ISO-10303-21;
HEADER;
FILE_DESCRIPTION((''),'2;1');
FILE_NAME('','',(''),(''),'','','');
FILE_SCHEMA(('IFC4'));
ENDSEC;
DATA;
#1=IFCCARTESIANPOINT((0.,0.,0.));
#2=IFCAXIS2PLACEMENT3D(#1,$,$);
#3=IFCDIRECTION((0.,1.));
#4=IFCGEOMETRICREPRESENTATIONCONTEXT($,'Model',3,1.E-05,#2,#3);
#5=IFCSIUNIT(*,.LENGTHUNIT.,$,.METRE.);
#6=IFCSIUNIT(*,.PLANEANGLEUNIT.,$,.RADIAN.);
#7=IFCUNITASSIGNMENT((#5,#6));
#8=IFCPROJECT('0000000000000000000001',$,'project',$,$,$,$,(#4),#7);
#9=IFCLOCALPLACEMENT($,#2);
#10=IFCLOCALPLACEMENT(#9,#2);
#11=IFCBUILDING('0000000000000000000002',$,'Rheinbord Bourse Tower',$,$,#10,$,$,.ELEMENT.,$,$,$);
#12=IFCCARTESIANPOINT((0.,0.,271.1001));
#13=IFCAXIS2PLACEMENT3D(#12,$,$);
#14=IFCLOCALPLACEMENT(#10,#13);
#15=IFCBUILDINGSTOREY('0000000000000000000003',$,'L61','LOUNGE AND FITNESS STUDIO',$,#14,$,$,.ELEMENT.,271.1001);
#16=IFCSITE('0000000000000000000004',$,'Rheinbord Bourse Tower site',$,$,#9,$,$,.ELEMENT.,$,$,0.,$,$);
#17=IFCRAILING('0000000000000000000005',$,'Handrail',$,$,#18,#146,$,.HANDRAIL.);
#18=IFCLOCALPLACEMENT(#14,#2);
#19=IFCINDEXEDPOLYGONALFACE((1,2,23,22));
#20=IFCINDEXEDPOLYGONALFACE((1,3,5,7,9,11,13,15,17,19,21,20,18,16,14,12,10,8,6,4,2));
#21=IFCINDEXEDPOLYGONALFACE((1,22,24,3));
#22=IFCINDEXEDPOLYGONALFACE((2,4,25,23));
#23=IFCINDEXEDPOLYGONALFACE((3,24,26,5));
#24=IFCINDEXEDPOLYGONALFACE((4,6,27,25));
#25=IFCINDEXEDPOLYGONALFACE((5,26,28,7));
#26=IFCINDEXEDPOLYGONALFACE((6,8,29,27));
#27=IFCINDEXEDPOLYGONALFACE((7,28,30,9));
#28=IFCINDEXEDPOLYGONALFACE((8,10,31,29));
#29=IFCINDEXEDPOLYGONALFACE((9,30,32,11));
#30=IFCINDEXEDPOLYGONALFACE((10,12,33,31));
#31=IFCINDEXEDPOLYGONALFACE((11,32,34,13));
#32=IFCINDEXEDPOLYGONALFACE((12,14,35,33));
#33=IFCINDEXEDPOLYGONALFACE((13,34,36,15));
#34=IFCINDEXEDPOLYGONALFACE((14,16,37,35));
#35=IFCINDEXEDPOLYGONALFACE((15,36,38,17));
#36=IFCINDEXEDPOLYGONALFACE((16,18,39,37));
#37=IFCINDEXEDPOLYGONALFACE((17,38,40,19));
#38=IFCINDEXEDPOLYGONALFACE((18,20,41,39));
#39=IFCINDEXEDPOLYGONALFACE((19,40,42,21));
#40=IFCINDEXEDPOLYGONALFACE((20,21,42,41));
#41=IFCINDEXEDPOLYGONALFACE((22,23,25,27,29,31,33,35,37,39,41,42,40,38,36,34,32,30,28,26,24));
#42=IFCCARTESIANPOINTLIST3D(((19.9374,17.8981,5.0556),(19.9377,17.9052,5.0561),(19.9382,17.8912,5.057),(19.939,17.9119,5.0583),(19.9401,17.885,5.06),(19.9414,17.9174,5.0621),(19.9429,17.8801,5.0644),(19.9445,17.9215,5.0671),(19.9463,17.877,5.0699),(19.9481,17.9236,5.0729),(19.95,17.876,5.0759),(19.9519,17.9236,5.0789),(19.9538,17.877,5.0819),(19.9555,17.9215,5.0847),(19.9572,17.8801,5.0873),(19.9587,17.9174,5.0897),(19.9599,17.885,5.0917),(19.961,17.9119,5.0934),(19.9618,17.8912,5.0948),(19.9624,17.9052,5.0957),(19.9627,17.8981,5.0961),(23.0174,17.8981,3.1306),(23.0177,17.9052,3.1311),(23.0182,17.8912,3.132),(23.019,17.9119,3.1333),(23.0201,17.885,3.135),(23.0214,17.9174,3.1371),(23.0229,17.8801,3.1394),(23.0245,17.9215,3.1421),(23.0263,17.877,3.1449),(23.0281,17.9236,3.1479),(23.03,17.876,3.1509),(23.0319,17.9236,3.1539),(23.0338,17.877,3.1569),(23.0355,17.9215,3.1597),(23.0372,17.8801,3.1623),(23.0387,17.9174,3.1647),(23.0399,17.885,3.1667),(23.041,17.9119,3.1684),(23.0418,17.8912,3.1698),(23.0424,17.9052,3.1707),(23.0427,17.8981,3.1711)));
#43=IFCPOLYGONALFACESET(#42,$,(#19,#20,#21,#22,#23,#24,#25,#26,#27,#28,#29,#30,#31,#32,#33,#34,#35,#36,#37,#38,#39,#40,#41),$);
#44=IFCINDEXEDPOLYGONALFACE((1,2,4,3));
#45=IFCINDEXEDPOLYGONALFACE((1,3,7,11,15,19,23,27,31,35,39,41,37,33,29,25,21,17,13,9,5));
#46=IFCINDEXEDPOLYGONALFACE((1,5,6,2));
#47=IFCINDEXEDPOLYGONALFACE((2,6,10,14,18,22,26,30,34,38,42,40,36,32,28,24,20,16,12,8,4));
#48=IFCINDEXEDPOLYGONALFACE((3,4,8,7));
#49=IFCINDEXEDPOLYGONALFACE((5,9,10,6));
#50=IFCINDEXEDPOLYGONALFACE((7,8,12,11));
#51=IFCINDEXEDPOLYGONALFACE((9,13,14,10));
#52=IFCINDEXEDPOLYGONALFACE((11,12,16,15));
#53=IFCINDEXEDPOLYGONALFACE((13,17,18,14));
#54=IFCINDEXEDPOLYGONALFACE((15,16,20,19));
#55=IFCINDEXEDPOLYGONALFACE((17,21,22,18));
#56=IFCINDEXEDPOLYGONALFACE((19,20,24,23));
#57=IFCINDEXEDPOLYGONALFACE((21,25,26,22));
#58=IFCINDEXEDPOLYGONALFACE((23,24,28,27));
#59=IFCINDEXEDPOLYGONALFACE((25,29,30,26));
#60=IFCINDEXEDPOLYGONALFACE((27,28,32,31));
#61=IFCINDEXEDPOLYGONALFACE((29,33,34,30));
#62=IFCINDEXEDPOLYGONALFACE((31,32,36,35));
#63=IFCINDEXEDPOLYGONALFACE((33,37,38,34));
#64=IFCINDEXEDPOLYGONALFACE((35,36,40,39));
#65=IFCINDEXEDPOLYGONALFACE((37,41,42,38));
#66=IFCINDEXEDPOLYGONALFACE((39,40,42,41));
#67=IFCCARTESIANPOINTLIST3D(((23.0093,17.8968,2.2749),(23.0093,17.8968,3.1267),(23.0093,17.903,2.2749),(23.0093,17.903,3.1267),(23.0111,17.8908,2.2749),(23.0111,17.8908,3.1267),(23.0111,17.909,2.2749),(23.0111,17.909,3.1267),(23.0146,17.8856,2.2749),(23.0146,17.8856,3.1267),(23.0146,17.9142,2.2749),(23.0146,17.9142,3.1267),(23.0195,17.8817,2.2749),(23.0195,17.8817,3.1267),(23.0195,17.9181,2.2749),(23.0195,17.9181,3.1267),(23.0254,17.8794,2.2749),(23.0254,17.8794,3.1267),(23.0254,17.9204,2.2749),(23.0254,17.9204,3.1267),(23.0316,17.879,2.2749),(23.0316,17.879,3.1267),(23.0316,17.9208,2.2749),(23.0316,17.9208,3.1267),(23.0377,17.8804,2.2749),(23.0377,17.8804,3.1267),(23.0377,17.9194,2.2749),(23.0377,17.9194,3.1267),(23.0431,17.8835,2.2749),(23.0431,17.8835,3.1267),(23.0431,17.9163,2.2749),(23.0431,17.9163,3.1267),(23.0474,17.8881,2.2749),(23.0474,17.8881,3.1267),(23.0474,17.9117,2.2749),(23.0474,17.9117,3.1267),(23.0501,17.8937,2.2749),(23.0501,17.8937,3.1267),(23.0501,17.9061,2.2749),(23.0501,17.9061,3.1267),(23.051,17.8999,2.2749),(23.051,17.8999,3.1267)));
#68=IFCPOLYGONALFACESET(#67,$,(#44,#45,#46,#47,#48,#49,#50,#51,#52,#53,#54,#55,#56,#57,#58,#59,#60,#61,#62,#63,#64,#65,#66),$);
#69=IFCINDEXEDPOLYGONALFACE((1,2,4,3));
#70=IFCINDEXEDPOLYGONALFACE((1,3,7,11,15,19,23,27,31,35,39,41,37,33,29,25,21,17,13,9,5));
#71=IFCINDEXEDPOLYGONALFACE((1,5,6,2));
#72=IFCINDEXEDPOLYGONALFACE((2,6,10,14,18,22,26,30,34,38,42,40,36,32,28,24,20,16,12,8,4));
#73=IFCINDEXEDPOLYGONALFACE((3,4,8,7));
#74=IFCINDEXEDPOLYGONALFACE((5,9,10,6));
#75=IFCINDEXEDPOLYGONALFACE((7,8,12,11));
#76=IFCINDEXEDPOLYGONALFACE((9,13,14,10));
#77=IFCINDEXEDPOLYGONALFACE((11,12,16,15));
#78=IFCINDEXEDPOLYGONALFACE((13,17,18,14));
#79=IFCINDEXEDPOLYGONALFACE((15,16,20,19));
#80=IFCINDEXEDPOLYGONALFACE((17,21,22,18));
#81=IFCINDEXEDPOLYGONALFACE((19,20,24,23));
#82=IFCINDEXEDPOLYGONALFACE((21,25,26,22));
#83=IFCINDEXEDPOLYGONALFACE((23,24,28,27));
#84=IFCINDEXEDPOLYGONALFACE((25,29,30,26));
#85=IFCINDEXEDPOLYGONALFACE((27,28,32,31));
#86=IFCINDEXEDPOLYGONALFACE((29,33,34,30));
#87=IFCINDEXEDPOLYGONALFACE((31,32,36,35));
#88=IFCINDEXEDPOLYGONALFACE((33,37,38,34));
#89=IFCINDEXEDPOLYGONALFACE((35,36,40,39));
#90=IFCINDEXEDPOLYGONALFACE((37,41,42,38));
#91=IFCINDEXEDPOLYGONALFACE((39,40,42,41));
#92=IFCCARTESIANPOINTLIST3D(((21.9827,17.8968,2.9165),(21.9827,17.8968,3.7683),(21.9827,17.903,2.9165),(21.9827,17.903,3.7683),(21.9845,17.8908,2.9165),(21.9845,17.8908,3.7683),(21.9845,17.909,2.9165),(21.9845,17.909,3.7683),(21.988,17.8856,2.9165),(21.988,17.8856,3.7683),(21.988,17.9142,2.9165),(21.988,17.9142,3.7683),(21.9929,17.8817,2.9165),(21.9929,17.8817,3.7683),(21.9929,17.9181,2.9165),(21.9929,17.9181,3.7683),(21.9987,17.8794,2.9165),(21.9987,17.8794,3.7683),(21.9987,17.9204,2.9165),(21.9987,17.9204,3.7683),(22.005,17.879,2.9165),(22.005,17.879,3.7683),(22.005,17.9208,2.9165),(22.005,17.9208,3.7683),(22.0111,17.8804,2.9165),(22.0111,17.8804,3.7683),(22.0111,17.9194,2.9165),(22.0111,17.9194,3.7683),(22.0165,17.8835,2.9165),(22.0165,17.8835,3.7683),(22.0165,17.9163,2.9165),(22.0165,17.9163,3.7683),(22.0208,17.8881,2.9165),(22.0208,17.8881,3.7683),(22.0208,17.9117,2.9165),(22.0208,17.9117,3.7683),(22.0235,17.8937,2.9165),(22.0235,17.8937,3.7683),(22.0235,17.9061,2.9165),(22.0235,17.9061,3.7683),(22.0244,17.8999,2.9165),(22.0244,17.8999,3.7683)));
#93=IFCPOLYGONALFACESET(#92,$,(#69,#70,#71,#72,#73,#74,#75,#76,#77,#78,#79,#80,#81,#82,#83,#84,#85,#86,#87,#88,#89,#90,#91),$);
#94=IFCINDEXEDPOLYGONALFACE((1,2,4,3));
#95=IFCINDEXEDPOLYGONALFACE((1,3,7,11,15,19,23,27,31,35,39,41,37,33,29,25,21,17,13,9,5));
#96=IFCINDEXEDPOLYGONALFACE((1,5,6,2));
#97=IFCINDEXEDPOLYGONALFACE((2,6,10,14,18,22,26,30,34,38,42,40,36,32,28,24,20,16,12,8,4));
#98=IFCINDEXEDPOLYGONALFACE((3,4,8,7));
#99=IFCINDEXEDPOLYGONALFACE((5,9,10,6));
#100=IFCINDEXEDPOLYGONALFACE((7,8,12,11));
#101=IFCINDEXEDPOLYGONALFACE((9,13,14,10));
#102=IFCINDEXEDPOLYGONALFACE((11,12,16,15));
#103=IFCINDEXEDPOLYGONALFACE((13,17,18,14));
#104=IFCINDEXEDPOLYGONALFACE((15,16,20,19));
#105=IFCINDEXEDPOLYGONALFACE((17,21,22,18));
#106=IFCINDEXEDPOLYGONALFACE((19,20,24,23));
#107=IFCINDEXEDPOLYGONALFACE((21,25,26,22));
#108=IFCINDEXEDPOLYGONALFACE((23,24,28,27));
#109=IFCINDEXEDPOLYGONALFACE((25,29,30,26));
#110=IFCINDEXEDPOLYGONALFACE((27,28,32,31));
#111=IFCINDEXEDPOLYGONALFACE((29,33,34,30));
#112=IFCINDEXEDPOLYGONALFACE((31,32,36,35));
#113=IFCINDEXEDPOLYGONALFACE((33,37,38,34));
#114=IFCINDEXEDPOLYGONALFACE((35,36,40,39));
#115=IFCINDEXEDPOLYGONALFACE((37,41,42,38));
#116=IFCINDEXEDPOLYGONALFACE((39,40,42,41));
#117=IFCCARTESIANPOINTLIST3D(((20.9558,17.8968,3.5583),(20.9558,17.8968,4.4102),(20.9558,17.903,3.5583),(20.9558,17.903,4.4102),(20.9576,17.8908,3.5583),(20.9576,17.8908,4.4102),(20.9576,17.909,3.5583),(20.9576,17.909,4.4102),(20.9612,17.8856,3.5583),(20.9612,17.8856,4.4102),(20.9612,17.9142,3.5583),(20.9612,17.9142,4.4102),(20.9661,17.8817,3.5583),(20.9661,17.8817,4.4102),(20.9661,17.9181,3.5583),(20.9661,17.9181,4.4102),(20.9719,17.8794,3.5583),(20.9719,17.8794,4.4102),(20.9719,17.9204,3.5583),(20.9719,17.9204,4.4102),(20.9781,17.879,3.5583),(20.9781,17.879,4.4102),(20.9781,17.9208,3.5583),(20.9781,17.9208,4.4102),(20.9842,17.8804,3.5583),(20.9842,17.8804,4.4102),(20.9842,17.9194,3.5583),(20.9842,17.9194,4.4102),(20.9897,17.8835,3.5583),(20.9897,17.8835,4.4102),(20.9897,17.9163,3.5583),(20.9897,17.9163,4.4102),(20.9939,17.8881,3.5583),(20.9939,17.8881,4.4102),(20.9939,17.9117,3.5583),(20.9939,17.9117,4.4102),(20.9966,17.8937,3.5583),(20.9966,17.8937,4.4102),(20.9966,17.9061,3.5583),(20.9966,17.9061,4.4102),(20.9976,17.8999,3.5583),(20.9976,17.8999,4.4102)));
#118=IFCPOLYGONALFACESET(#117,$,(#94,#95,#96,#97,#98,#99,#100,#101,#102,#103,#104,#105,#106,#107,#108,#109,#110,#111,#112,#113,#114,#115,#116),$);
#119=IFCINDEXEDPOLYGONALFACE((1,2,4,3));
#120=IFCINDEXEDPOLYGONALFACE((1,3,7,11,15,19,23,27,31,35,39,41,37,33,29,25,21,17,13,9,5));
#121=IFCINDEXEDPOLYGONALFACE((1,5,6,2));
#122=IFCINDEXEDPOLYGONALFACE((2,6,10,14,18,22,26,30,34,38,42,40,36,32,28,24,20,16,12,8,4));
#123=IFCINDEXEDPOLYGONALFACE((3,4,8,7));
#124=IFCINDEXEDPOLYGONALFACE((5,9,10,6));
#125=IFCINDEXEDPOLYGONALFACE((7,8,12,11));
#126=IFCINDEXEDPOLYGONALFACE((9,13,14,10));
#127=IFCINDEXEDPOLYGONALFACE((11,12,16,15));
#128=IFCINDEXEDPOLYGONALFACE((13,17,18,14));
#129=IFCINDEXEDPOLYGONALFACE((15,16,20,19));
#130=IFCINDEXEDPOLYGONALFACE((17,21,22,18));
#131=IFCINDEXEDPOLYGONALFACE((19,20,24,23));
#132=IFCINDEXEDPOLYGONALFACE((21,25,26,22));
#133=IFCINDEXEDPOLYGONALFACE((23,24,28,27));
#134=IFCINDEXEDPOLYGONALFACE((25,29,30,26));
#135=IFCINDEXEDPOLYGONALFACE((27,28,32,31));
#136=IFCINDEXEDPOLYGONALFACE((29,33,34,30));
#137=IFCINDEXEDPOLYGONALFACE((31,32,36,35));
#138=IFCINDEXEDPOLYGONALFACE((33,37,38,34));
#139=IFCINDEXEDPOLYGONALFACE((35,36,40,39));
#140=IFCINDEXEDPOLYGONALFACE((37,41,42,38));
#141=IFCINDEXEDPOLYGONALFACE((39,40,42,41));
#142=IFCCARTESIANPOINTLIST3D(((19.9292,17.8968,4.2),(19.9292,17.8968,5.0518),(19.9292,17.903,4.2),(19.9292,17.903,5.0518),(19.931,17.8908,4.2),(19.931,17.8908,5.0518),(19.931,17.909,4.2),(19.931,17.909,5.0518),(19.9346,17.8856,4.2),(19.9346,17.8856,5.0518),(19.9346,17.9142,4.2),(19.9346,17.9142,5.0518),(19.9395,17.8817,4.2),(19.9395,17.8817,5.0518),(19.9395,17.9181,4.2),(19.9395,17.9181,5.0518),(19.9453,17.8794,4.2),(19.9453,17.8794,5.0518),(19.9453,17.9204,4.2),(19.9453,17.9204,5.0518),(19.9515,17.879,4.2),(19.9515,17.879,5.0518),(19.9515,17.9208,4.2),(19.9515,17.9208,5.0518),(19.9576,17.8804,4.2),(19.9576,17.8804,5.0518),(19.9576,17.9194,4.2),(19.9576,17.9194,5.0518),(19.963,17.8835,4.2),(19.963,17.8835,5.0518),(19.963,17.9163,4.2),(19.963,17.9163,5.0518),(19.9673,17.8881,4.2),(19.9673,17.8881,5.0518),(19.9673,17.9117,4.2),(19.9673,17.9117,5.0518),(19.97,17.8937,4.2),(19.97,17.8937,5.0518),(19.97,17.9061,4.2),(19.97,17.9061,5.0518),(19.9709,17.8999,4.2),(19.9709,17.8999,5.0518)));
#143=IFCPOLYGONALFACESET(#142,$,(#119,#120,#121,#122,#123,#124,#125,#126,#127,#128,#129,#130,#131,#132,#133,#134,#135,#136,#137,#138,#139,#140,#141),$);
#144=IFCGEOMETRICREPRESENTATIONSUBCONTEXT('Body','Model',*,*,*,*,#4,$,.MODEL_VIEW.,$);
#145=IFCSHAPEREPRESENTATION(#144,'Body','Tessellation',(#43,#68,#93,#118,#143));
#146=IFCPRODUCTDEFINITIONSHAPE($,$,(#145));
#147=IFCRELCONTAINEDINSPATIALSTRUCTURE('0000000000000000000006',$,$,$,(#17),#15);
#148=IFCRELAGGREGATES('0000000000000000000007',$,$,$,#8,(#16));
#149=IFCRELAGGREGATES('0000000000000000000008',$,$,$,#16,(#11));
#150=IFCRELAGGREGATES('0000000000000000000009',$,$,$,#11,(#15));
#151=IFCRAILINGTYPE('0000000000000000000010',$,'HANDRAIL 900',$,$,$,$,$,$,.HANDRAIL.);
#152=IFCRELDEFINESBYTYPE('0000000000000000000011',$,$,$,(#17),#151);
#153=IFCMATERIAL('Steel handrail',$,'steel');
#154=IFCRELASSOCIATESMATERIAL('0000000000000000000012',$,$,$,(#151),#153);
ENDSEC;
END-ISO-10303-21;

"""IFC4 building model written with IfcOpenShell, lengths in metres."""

from ifc_helpers import new_model, si_unit, direction, frame, origin, origin_2d, place, context, subcontext, project, spatial, circle, extrude, material, type_object, element, save


model = new_model("IFC4")

# Units and contexts
model_context = context("Model", 3, precision=1e-05, world=origin(), true_north=direction((0.0, 1.0)))
body_context = subcontext(model_context, "Body", "Model", "MODEL_VIEW")
ifc_project = project(units=[si_unit("LENGTHUNIT", "METRE"), si_unit("PLANEANGLEUNIT", "RADIAN")], contexts=[model_context])

# Site, building, storey
site_placement = place(None, origin())
site = spatial("IfcSite", under=ifc_project, at=site_placement, Name="Rheinbord Bourse Tower site", CompositionType="ELEMENT", RefElevation=0.0)
building_placement = place(site_placement, origin())
building = spatial("IfcBuilding", under=site, at=building_placement, Name="Rheinbord Bourse Tower", CompositionType="ELEMENT")
storey_placement = place(building_placement, frame((0.0, 0.0, 271.1001)))
storey = spatial("IfcBuildingStorey", under=building, at=storey_placement, Name="L61", Description="LOUNGE AND FITNESS STUDIO", CompositionType="ELEMENT", Elevation=271.1001)

# Railing
ifc_material_1 = material(Name="Steel handrail", Category="steel")
railing_type = type_object("IfcRailingType", Name="HANDRAIL 900", PredefinedType="HANDRAIL", material=ifc_material_1)
railing_1_placement = place(storey_placement, frame((23.03, 17.8999, 2.2749)))
element("IfcRailing", 1, at=railing_1_placement, inside=storey, type_object=railing_type, Name="Handrail", PredefinedType="HANDRAIL", context=body_context, shape_type="SweptSolid", body=[
    extrude(circle(Radius=0.0239, at=origin_2d()), frame((0.0, 0.0, 0.876), z_axis=(-0.847998, 0.0, 0.529999), x_axis=(0.0, -1.0, 0.0)), (0.0, 0.0, 1.0), 3.6321),
    extrude(circle(Radius=0.021, at=origin_2d()), origin(), (0.0, 0.0, 1.0), 0.8518),
    extrude(circle(Radius=0.021, at=origin_2d()), frame((-1.0266, 0.0, 0.6416)), (0.0, 0.0, 1.0), 0.8518),
    extrude(circle(Radius=0.021, at=origin_2d()), frame((-2.0535, 0.0, 1.2834)), (0.0, 0.0, 1.0), 0.8518),
    extrude(circle(Radius=0.021, at=origin_2d()), frame((-3.0801, 0.0, 1.925)), (0.0, 0.0, 1.0), 0.8518),
])

save(model, "model.ifc")
